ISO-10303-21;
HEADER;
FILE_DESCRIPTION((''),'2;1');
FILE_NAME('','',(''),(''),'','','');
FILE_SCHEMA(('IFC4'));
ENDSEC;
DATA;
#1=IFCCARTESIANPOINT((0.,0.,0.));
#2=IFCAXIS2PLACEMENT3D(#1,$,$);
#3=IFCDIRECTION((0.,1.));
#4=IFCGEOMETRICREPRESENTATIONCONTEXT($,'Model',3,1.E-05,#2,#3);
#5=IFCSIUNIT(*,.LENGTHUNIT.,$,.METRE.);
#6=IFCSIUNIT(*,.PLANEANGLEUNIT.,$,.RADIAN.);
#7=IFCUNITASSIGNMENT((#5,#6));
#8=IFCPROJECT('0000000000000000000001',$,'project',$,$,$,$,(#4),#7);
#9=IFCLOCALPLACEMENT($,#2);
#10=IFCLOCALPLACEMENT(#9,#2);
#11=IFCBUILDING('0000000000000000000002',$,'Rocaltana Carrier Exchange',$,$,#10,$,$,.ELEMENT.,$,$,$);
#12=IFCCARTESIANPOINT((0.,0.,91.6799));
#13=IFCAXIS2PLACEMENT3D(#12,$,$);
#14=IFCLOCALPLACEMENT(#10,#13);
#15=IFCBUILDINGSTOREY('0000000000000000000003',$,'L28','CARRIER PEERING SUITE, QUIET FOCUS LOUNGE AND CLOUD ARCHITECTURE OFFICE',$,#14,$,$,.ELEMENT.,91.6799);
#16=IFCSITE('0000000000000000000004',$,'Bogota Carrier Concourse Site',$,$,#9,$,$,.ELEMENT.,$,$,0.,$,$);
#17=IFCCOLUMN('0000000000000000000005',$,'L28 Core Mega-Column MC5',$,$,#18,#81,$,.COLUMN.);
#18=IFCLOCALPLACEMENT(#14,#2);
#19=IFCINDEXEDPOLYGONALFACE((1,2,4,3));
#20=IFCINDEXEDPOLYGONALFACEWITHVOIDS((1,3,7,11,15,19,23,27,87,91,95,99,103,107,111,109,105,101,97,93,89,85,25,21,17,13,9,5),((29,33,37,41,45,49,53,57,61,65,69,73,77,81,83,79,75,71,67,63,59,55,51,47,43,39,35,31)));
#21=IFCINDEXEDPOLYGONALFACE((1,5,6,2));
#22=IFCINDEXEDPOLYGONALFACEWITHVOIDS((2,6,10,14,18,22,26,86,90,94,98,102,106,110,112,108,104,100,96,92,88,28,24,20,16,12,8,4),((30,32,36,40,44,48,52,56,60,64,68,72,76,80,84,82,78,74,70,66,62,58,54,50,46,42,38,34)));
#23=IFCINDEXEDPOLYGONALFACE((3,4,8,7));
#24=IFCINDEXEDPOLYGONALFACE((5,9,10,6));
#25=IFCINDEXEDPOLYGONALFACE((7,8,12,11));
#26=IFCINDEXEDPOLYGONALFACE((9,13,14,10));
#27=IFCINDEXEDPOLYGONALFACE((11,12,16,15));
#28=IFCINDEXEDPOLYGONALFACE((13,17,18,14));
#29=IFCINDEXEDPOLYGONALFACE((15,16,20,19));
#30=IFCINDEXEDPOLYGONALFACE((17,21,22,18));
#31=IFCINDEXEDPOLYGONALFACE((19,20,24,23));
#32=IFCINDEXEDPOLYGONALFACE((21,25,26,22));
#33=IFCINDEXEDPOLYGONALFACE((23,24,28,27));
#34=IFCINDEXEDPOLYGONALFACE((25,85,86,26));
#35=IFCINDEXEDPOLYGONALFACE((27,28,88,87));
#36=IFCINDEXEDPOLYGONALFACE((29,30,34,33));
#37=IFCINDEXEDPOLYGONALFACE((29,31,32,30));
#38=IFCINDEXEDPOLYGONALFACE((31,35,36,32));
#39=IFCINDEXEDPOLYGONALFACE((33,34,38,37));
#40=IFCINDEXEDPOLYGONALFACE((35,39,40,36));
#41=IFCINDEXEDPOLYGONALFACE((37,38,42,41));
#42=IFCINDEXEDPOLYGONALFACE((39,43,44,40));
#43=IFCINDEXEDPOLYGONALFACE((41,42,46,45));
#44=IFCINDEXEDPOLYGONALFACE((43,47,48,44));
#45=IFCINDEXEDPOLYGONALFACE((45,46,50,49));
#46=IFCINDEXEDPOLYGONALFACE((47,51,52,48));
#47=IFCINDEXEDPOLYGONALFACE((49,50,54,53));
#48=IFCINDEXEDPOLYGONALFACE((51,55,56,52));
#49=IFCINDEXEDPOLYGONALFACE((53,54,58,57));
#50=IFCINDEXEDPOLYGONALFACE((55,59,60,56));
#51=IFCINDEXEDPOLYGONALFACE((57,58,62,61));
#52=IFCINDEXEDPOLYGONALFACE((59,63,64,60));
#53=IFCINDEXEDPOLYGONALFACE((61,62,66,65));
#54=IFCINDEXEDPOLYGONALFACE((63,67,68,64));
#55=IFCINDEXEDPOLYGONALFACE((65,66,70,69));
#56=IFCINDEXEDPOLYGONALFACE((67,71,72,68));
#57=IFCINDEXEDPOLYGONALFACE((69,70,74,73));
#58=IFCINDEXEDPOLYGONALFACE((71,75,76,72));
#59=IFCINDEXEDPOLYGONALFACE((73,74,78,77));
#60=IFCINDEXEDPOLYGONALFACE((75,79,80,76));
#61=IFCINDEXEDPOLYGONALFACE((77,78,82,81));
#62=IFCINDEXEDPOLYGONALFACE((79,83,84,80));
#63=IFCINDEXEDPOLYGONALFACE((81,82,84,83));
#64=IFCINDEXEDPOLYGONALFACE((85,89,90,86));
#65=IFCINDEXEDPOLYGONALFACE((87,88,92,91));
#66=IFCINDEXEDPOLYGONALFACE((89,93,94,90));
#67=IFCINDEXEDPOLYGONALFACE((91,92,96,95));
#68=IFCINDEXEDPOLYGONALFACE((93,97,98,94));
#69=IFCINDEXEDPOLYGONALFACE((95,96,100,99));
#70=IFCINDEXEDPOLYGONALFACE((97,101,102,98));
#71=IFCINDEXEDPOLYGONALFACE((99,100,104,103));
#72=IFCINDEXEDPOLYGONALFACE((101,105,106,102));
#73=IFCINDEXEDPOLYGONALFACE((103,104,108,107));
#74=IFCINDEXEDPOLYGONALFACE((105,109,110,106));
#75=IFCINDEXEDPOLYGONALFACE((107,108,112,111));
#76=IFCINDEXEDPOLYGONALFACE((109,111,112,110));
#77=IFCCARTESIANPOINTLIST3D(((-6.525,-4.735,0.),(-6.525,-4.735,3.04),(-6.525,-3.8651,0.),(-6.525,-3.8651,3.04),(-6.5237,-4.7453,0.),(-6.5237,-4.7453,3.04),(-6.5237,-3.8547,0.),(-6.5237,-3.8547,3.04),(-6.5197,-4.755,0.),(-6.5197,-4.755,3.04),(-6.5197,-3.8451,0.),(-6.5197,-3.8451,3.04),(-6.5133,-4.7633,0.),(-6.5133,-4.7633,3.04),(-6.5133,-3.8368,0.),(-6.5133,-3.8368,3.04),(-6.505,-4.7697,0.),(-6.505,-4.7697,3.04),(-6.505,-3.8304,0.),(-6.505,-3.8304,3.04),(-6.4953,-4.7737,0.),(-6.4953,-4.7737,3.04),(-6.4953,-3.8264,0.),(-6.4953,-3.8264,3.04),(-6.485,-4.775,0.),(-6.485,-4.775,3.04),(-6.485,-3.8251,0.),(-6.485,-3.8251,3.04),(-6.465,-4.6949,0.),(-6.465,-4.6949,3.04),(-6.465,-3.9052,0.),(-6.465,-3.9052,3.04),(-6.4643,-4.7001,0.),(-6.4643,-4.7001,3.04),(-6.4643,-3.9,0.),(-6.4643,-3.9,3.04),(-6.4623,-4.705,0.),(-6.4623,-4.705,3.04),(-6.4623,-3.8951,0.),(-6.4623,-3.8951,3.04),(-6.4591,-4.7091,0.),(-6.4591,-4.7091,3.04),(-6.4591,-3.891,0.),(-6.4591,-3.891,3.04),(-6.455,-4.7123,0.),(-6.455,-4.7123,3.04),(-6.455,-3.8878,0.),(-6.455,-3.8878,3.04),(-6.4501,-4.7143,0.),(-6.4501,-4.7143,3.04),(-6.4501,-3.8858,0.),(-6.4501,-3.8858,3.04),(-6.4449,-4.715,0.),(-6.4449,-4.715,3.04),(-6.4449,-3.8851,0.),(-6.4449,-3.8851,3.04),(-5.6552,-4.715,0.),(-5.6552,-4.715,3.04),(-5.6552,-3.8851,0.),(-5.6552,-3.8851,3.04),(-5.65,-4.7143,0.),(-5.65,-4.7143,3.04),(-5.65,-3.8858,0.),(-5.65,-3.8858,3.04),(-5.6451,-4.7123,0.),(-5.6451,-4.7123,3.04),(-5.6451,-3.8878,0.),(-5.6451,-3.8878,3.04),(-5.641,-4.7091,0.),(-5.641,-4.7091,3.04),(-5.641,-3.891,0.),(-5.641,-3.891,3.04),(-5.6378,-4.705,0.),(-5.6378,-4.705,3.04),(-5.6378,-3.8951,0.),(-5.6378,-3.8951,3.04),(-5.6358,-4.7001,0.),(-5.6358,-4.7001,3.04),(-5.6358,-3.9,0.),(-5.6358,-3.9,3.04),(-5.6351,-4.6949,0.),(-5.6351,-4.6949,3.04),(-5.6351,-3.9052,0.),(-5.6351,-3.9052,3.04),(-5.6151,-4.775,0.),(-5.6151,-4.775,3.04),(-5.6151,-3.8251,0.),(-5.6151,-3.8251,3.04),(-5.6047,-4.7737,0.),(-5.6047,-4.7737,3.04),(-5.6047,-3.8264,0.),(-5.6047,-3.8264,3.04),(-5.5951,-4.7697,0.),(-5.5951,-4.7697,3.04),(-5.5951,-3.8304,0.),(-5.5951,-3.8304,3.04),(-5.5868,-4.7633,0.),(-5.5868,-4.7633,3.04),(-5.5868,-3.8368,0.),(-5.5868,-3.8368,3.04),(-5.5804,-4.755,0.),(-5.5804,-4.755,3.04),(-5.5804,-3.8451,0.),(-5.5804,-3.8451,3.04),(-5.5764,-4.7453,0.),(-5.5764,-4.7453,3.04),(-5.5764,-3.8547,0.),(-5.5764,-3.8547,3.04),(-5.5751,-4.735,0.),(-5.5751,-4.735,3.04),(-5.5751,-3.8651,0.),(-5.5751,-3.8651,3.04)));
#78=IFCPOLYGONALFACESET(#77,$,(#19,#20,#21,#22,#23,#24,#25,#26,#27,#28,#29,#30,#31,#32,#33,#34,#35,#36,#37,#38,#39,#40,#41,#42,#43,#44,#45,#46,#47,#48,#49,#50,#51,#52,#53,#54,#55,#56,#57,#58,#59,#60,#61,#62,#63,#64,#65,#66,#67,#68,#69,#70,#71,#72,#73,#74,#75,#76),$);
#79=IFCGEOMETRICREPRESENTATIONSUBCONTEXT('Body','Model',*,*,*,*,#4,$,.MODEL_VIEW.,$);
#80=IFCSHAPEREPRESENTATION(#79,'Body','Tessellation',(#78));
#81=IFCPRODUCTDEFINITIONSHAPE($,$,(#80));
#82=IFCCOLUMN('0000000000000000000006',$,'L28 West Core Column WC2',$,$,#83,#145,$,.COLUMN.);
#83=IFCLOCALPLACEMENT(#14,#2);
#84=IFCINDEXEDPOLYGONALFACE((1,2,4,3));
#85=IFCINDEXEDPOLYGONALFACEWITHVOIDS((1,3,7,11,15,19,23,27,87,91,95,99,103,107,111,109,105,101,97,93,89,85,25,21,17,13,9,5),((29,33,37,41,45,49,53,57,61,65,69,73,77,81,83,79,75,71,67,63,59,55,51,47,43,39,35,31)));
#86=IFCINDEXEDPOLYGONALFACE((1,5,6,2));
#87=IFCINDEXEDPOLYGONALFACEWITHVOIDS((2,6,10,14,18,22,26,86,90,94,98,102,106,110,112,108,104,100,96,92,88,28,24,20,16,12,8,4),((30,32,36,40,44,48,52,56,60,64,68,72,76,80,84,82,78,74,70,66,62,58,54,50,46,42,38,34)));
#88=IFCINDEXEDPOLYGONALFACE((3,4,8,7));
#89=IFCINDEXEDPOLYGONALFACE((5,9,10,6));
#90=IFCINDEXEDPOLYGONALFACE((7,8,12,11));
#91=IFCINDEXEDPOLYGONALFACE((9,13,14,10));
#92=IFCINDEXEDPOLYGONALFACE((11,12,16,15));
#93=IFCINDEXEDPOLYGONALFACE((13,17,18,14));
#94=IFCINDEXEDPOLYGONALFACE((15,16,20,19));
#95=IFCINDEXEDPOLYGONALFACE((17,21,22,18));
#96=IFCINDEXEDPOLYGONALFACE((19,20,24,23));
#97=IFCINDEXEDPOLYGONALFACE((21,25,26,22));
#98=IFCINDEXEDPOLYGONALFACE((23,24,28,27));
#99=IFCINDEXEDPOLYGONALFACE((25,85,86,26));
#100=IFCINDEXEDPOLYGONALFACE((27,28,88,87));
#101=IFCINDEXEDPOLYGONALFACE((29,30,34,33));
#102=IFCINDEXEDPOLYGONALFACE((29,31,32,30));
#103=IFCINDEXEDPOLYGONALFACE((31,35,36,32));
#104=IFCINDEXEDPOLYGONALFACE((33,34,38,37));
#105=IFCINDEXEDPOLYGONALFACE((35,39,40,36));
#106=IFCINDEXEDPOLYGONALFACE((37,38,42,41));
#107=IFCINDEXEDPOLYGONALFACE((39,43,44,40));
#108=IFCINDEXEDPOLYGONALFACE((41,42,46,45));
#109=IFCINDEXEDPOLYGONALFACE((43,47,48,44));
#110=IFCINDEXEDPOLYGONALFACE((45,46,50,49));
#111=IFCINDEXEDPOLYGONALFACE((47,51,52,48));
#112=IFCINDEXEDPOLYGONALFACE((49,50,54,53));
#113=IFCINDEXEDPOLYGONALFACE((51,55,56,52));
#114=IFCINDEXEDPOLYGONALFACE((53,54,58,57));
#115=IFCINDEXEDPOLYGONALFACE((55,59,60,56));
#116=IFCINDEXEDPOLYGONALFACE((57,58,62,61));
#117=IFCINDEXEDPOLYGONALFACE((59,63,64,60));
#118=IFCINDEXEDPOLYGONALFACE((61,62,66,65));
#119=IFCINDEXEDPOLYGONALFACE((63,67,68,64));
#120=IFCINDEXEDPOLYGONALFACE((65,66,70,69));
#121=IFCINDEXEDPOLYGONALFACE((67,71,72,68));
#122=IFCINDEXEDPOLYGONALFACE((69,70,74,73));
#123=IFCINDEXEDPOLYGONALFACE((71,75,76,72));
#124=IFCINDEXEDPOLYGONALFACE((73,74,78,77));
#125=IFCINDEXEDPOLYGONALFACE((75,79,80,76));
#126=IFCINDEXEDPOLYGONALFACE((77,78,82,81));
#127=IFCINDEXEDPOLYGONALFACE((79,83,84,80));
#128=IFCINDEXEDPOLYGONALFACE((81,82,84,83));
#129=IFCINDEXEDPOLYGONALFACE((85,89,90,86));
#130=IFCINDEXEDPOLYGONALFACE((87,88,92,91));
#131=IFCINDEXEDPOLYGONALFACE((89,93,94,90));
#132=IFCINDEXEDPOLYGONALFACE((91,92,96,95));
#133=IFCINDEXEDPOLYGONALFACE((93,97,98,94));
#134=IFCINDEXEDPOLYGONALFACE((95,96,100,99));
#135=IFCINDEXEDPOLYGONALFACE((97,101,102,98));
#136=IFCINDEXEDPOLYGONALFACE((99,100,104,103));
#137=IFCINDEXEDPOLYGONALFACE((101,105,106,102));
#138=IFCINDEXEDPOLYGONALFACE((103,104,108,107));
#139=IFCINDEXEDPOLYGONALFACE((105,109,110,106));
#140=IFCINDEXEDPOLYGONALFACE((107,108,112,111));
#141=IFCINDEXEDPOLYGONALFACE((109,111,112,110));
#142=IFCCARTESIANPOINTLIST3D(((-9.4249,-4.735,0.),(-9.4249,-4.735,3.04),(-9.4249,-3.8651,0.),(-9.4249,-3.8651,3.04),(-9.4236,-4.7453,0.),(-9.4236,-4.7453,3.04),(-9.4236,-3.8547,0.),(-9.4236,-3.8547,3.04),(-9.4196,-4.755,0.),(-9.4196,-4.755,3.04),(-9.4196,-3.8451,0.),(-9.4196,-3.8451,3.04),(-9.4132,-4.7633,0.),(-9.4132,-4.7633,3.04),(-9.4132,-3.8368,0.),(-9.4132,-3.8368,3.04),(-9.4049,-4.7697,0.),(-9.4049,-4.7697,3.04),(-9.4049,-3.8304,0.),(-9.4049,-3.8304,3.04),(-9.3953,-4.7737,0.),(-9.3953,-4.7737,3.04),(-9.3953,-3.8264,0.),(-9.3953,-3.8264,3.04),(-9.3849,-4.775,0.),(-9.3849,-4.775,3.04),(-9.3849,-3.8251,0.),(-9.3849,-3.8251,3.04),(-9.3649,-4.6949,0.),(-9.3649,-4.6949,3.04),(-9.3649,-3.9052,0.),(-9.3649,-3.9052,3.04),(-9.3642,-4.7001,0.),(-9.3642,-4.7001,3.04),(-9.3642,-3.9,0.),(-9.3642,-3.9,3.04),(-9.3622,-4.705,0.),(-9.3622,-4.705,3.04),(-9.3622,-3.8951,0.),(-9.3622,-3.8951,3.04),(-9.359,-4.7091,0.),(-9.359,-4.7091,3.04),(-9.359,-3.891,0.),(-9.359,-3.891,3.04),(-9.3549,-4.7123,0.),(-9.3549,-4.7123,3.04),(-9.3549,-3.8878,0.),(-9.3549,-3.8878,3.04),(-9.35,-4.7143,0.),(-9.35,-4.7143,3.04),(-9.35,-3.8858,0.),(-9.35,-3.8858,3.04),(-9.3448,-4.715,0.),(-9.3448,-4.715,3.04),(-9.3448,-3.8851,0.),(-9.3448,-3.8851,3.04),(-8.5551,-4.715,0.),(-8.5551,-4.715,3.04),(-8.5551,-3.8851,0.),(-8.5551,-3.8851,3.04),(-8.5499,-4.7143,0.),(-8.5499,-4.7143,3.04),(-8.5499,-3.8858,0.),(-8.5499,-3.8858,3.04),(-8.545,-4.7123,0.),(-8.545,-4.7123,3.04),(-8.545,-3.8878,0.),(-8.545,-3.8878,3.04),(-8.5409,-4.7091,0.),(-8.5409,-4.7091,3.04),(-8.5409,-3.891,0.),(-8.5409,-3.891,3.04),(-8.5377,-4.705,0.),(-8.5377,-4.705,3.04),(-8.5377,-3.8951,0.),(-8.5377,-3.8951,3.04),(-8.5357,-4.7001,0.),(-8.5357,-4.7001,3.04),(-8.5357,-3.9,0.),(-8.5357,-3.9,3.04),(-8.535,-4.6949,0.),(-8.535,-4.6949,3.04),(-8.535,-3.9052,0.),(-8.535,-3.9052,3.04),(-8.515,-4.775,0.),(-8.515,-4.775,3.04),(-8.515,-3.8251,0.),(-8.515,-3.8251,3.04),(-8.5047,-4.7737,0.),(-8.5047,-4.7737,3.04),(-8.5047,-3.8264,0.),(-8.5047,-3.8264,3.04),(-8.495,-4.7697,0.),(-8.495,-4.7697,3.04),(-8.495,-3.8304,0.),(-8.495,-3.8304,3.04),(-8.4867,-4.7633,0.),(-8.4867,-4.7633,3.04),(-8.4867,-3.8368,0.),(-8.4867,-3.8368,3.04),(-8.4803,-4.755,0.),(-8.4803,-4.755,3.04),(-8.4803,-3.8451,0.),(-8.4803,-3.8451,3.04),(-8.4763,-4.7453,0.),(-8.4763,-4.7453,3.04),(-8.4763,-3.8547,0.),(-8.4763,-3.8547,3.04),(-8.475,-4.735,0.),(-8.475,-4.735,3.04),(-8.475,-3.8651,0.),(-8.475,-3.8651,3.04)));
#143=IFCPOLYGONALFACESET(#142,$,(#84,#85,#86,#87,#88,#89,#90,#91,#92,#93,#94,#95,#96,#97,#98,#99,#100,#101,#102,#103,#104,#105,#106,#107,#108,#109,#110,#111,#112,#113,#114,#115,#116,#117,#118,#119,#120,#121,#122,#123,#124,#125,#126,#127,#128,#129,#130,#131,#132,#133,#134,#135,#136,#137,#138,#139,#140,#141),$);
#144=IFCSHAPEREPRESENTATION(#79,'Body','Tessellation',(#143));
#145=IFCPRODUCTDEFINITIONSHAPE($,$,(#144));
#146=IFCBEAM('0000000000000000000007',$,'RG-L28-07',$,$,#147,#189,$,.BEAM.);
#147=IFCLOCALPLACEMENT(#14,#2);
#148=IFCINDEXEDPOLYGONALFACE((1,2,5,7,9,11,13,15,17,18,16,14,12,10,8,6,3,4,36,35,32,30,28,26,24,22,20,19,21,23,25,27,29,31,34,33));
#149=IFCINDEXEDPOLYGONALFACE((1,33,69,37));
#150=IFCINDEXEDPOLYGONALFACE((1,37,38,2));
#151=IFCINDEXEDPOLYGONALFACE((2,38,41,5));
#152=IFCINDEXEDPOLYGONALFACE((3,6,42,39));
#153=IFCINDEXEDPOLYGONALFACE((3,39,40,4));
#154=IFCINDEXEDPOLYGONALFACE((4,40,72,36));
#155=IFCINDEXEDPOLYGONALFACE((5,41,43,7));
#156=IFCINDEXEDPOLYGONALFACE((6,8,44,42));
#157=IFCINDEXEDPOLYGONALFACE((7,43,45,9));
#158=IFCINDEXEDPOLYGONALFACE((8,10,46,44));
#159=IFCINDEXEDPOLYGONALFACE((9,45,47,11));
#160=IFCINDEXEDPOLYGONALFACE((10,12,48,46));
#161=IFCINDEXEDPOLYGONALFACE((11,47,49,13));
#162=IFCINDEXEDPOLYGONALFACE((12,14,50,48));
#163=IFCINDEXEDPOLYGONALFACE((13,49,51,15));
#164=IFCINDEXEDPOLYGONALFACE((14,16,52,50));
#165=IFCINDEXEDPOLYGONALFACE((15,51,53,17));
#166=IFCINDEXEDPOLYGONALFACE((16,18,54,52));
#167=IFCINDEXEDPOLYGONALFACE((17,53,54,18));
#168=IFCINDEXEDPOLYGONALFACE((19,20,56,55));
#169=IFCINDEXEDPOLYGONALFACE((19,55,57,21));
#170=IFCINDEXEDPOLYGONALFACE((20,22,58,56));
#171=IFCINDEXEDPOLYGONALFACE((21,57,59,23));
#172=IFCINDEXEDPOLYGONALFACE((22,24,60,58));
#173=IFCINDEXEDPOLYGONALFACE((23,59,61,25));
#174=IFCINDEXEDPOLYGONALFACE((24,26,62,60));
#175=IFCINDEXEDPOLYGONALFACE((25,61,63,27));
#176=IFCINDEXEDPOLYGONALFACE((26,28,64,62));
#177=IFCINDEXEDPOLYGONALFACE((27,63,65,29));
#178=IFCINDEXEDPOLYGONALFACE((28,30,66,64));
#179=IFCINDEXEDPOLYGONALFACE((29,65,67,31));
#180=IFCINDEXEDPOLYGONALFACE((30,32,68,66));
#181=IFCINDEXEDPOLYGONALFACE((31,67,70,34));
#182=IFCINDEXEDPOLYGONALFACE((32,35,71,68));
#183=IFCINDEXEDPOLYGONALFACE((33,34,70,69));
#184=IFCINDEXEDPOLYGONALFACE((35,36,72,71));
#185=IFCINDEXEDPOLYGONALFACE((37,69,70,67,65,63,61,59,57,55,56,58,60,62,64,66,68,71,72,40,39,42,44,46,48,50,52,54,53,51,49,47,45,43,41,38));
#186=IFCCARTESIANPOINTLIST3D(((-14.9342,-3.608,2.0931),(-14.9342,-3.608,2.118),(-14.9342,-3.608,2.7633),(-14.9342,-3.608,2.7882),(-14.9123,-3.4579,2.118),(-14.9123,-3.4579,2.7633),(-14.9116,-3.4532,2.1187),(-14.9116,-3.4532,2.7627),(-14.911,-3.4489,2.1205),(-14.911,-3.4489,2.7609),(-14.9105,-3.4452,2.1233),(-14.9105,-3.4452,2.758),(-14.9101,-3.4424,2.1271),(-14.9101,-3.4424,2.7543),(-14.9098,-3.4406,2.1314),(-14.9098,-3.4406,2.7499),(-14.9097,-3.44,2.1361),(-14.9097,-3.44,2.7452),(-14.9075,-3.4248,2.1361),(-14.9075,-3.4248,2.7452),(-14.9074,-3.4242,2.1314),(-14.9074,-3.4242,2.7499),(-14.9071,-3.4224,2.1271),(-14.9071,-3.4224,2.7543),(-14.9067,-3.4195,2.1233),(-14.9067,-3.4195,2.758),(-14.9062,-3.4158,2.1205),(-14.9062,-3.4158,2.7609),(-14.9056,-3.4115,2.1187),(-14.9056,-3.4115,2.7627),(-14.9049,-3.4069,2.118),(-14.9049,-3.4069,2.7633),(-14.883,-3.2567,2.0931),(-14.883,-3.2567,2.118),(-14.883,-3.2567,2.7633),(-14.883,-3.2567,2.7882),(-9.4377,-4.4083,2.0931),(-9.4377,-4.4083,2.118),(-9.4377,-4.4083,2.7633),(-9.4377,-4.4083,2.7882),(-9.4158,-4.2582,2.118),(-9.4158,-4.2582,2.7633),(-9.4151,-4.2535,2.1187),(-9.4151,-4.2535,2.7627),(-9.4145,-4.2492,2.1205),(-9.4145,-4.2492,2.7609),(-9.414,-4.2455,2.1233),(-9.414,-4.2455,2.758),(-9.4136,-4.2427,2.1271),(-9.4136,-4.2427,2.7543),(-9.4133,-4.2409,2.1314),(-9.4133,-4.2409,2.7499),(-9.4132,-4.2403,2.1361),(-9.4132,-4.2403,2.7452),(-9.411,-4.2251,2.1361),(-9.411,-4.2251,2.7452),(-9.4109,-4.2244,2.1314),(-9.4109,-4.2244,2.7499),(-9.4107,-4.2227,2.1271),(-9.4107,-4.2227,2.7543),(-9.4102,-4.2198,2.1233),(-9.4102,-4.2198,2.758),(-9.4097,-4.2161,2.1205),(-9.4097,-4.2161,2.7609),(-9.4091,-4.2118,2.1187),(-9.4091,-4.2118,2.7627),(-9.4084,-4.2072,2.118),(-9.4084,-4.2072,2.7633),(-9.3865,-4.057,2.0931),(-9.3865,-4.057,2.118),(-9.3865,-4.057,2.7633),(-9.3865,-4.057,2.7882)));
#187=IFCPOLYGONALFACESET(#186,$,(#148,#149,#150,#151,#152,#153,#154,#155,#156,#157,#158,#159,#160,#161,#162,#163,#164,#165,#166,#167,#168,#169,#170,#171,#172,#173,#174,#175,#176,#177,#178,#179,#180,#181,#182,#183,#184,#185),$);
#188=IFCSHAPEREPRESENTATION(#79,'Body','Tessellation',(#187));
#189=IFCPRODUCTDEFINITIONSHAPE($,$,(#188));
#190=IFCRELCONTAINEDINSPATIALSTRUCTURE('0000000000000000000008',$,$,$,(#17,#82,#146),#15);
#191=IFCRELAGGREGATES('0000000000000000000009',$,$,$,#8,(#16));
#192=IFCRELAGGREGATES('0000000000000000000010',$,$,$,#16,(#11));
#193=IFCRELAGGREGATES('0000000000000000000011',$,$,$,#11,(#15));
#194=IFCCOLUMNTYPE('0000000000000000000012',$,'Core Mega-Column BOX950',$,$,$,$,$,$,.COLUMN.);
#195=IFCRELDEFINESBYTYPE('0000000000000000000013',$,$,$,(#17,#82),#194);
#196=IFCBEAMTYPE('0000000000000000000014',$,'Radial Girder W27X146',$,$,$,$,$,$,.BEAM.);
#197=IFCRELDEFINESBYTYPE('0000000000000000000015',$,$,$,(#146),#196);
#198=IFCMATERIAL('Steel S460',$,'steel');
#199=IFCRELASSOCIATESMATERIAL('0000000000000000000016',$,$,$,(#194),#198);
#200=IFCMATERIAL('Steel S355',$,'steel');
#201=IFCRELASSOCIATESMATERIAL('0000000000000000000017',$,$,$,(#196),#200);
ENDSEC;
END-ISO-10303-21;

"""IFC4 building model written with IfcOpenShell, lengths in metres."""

from ifc_helpers import new_model, si_unit, direction, frame, origin, origin_2d, place, context, subcontext, project, spatial, hollow_rectangle, i_section, extrude, material, material_profile, profile_set, type_object, element, save


model = new_model("IFC4")

# Units and contexts
model_context = context("Model", 3, precision=1e-05, world=origin(), true_north=direction((0.0, 1.0)))
body_context = subcontext(model_context, "Body", "Model", "MODEL_VIEW")
ifc_project = project(units=[si_unit("LENGTHUNIT", "METRE"), si_unit("PLANEANGLEUNIT", "RADIAN")], contexts=[model_context])

# Site, building, storey
site_placement = place(None, origin())
site = spatial("IfcSite", under=ifc_project, at=site_placement, Name="Bogota Carrier Concourse Site", CompositionType="ELEMENT", RefElevation=0.0)
building_placement = place(site_placement, origin())
building = spatial("IfcBuilding", under=site, at=building_placement, Name="Rocaltana Carrier Exchange", CompositionType="ELEMENT")
storey_placement = place(building_placement, frame((0.0, 0.0, 91.6799)))
storey = spatial("IfcBuildingStorey", under=building, at=storey_placement, Name="L28", Description="CARRIER PEERING SUITE, QUIET FOCUS LOUNGE AND CLOUD ARCHITECTURE OFFICE", CompositionType="ELEMENT", Elevation=91.6799)

# Columns
ifc_material_1 = material(Name="Steel S460", Category="steel")
ifc_material_profile_1 = material_profile(ifc_material_1, hollow_rectangle(XDim=0.95, YDim=0.95, WallThickness=0.0601, InnerFilletRadius=0.02, OuterFilletRadius=0.04, at=origin_2d()), Name="BOX950X950X60")
ifc_profile_set_1 = profile_set([ifc_material_profile_1], Name="Steel S460")
column_type = type_object("IfcColumnType", Name="Core Mega-Column BOX950", PredefinedType="COLUMN", material=ifc_profile_set_1)
for number, where, z_axis, x_axis, name in (
    (1, (-6.05, -4.3, 0.0), (0.0, 0.0, 1.0), (1.0, 0.0, 0.0), "L28 Core Mega-Column MC5"),
    (2, (-8.95, -4.3, 0.0), (0.0, 0.0, 1.0), (1.0, 0.0, 0.0), "L28 West Core Column WC2"),
):
    element("IfcColumn", number, at=place(storey_placement, frame(where, z_axis=z_axis, x_axis=x_axis)), inside=storey, type_object=column_type, Name=name, PredefinedType="COLUMN", context=body_context, shape_type="SweptSolid", body=[
        extrude(hollow_rectangle(XDim=0.95, YDim=0.95, WallThickness=0.0601, InnerFilletRadius=0.02, OuterFilletRadius=0.04, at=origin_2d()), origin(), (0.0, 0.0, 1.0), 3.04),
    ])

# Beam
ifc_material_2 = material(Name="Steel S355", Category="steel")
ifc_material_profile_2 = material_profile(ifc_material_2, i_section(OverallWidth=0.355, OverallDepth=0.6951, WebThickness=0.0154, FlangeThickness=0.0249, FilletRadius=0.0181, at=origin_2d()), Name="W27X146")
ifc_profile_set_2 = profile_set([ifc_material_profile_2], Name="Steel S355")
beam_type = type_object("IfcBeamType", Name="Radial Girder W27X146", PredefinedType="BEAM", material=ifc_profile_set_2)
beam_1_placement = place(storey_placement, frame((-9.4121, -4.2327, 2.4407), z_axis=(-0.989566, 0.144079, 0.0), x_axis=(-0.144079, -0.989566, 0.0)))
element("IfcBeam", 3, at=beam_1_placement, inside=storey, type_object=beam_type, Name="RG-L28-07", PredefinedType="BEAM", context=body_context, shape_type="SweptSolid", body=[
    extrude(i_section(OverallWidth=0.355, OverallDepth=0.6951, WebThickness=0.0154, FlangeThickness=0.0249, FilletRadius=0.0181, at=origin_2d()), origin(), (0.0, 0.0, 1.0), 5.5544),
])

save(model, "model.ifc")
